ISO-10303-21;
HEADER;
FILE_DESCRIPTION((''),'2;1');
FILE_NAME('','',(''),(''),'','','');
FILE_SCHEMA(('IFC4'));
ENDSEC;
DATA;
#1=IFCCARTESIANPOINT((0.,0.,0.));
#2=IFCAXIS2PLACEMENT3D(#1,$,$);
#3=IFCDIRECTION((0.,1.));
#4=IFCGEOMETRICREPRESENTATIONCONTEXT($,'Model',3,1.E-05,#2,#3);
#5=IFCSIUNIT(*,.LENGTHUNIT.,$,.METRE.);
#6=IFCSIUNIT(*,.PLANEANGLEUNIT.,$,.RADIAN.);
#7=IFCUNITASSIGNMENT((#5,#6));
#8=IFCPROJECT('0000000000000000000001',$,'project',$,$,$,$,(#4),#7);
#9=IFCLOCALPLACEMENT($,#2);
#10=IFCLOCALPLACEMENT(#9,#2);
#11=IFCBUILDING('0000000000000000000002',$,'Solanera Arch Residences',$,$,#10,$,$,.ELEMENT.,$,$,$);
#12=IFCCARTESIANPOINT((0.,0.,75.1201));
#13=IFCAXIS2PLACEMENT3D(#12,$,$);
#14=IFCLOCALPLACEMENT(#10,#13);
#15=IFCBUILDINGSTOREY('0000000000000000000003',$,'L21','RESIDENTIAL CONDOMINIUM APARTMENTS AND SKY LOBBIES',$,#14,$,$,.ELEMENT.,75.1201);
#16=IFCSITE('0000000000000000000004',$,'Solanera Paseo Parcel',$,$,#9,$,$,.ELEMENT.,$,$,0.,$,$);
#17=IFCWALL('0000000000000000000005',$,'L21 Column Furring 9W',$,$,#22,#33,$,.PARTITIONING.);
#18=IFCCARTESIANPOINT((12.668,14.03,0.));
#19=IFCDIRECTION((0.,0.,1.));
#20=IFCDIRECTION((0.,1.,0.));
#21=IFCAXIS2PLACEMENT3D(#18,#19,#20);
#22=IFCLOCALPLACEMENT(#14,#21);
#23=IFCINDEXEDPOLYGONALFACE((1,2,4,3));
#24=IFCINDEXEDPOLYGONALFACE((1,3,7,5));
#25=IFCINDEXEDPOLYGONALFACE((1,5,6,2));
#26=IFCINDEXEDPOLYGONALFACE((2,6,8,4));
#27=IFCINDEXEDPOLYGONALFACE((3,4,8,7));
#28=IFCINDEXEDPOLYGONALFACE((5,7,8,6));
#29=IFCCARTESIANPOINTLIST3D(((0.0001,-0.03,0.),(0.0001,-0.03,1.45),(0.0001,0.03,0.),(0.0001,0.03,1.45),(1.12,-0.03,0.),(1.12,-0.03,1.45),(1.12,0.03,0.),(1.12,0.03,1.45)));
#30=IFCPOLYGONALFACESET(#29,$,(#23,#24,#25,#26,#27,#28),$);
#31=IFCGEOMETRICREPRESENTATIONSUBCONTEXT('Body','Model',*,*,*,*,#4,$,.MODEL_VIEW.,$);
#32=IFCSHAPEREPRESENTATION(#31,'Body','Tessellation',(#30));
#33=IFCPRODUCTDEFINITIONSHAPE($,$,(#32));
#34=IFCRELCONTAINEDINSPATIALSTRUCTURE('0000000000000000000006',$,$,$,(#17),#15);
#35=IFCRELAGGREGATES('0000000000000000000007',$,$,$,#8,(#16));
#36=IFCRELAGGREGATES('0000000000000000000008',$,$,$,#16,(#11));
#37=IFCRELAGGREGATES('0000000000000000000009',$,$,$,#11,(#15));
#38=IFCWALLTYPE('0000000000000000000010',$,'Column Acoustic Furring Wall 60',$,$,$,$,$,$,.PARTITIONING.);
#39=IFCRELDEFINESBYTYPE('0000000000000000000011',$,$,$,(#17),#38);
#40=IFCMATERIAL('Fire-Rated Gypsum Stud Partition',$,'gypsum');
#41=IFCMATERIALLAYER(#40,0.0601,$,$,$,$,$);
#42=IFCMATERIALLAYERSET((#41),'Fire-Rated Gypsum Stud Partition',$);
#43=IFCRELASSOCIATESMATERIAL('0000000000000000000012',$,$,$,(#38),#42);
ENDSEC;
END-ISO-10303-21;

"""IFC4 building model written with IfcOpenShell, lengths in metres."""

from ifc_helpers import new_model, si_unit, direction, frame, frame_2d, origin, place, context, subcontext, project, spatial, rectangle, extrude, material, layer, layer_set, type_object, element, save


model = new_model("IFC4")

# Units and contexts
model_context = context("Model", 3, precision=1e-05, world=origin(), true_north=direction((0.0, 1.0)))
body_context = subcontext(model_context, "Body", "Model", "MODEL_VIEW")
ifc_project = project(units=[si_unit("LENGTHUNIT", "METRE"), si_unit("PLANEANGLEUNIT", "RADIAN")], contexts=[model_context])

# Site, building, storey
site_placement = place(None, origin())
site = spatial("IfcSite", under=ifc_project, at=site_placement, Name="Solanera Paseo Parcel", CompositionType="ELEMENT", RefElevation=0.0)
building_placement = place(site_placement, origin())
building = spatial("IfcBuilding", under=site, at=building_placement, Name="Solanera Arch Residences", CompositionType="ELEMENT")
storey_placement = place(building_placement, frame((0.0, 0.0, 75.1201)))
storey = spatial("IfcBuildingStorey", under=building, at=storey_placement, Name="L21", Description="RESIDENTIAL CONDOMINIUM APARTMENTS AND SKY LOBBIES", CompositionType="ELEMENT", Elevation=75.1201)

# Wall
ifc_material_1 = material(Name="Fire-Rated Gypsum Stud Partition", Category="gypsum")
ifc_layer_1 = layer(ifc_material_1, 0.0601)
ifc_layer_set_1 = layer_set([ifc_layer_1], Name="Fire-Rated Gypsum Stud Partition")
wall_type_1 = type_object("IfcWallType", Name="Column Acoustic Furring Wall 60", PredefinedType="PARTITIONING", material=ifc_layer_set_1)
wall_1_placement = place(storey_placement, frame((12.668, 14.03, 0.0), z_axis=(0.0, 0.0, 1.0), x_axis=(0.0, 1.0, 0.0)))
element("IfcWall", 1, at=wall_1_placement, inside=storey, type_object=wall_type_1, Name="L21 Column Furring 9W", PredefinedType="PARTITIONING", context=body_context, shape_type="SweptSolid", body=[
    extrude(rectangle(XDim=1.1199, YDim=0.0601, at=frame_2d((0.5601, 0.0))), origin(), (0.0, 0.0, 1.0), 1.45),
])

save(model, "model.ifc")
